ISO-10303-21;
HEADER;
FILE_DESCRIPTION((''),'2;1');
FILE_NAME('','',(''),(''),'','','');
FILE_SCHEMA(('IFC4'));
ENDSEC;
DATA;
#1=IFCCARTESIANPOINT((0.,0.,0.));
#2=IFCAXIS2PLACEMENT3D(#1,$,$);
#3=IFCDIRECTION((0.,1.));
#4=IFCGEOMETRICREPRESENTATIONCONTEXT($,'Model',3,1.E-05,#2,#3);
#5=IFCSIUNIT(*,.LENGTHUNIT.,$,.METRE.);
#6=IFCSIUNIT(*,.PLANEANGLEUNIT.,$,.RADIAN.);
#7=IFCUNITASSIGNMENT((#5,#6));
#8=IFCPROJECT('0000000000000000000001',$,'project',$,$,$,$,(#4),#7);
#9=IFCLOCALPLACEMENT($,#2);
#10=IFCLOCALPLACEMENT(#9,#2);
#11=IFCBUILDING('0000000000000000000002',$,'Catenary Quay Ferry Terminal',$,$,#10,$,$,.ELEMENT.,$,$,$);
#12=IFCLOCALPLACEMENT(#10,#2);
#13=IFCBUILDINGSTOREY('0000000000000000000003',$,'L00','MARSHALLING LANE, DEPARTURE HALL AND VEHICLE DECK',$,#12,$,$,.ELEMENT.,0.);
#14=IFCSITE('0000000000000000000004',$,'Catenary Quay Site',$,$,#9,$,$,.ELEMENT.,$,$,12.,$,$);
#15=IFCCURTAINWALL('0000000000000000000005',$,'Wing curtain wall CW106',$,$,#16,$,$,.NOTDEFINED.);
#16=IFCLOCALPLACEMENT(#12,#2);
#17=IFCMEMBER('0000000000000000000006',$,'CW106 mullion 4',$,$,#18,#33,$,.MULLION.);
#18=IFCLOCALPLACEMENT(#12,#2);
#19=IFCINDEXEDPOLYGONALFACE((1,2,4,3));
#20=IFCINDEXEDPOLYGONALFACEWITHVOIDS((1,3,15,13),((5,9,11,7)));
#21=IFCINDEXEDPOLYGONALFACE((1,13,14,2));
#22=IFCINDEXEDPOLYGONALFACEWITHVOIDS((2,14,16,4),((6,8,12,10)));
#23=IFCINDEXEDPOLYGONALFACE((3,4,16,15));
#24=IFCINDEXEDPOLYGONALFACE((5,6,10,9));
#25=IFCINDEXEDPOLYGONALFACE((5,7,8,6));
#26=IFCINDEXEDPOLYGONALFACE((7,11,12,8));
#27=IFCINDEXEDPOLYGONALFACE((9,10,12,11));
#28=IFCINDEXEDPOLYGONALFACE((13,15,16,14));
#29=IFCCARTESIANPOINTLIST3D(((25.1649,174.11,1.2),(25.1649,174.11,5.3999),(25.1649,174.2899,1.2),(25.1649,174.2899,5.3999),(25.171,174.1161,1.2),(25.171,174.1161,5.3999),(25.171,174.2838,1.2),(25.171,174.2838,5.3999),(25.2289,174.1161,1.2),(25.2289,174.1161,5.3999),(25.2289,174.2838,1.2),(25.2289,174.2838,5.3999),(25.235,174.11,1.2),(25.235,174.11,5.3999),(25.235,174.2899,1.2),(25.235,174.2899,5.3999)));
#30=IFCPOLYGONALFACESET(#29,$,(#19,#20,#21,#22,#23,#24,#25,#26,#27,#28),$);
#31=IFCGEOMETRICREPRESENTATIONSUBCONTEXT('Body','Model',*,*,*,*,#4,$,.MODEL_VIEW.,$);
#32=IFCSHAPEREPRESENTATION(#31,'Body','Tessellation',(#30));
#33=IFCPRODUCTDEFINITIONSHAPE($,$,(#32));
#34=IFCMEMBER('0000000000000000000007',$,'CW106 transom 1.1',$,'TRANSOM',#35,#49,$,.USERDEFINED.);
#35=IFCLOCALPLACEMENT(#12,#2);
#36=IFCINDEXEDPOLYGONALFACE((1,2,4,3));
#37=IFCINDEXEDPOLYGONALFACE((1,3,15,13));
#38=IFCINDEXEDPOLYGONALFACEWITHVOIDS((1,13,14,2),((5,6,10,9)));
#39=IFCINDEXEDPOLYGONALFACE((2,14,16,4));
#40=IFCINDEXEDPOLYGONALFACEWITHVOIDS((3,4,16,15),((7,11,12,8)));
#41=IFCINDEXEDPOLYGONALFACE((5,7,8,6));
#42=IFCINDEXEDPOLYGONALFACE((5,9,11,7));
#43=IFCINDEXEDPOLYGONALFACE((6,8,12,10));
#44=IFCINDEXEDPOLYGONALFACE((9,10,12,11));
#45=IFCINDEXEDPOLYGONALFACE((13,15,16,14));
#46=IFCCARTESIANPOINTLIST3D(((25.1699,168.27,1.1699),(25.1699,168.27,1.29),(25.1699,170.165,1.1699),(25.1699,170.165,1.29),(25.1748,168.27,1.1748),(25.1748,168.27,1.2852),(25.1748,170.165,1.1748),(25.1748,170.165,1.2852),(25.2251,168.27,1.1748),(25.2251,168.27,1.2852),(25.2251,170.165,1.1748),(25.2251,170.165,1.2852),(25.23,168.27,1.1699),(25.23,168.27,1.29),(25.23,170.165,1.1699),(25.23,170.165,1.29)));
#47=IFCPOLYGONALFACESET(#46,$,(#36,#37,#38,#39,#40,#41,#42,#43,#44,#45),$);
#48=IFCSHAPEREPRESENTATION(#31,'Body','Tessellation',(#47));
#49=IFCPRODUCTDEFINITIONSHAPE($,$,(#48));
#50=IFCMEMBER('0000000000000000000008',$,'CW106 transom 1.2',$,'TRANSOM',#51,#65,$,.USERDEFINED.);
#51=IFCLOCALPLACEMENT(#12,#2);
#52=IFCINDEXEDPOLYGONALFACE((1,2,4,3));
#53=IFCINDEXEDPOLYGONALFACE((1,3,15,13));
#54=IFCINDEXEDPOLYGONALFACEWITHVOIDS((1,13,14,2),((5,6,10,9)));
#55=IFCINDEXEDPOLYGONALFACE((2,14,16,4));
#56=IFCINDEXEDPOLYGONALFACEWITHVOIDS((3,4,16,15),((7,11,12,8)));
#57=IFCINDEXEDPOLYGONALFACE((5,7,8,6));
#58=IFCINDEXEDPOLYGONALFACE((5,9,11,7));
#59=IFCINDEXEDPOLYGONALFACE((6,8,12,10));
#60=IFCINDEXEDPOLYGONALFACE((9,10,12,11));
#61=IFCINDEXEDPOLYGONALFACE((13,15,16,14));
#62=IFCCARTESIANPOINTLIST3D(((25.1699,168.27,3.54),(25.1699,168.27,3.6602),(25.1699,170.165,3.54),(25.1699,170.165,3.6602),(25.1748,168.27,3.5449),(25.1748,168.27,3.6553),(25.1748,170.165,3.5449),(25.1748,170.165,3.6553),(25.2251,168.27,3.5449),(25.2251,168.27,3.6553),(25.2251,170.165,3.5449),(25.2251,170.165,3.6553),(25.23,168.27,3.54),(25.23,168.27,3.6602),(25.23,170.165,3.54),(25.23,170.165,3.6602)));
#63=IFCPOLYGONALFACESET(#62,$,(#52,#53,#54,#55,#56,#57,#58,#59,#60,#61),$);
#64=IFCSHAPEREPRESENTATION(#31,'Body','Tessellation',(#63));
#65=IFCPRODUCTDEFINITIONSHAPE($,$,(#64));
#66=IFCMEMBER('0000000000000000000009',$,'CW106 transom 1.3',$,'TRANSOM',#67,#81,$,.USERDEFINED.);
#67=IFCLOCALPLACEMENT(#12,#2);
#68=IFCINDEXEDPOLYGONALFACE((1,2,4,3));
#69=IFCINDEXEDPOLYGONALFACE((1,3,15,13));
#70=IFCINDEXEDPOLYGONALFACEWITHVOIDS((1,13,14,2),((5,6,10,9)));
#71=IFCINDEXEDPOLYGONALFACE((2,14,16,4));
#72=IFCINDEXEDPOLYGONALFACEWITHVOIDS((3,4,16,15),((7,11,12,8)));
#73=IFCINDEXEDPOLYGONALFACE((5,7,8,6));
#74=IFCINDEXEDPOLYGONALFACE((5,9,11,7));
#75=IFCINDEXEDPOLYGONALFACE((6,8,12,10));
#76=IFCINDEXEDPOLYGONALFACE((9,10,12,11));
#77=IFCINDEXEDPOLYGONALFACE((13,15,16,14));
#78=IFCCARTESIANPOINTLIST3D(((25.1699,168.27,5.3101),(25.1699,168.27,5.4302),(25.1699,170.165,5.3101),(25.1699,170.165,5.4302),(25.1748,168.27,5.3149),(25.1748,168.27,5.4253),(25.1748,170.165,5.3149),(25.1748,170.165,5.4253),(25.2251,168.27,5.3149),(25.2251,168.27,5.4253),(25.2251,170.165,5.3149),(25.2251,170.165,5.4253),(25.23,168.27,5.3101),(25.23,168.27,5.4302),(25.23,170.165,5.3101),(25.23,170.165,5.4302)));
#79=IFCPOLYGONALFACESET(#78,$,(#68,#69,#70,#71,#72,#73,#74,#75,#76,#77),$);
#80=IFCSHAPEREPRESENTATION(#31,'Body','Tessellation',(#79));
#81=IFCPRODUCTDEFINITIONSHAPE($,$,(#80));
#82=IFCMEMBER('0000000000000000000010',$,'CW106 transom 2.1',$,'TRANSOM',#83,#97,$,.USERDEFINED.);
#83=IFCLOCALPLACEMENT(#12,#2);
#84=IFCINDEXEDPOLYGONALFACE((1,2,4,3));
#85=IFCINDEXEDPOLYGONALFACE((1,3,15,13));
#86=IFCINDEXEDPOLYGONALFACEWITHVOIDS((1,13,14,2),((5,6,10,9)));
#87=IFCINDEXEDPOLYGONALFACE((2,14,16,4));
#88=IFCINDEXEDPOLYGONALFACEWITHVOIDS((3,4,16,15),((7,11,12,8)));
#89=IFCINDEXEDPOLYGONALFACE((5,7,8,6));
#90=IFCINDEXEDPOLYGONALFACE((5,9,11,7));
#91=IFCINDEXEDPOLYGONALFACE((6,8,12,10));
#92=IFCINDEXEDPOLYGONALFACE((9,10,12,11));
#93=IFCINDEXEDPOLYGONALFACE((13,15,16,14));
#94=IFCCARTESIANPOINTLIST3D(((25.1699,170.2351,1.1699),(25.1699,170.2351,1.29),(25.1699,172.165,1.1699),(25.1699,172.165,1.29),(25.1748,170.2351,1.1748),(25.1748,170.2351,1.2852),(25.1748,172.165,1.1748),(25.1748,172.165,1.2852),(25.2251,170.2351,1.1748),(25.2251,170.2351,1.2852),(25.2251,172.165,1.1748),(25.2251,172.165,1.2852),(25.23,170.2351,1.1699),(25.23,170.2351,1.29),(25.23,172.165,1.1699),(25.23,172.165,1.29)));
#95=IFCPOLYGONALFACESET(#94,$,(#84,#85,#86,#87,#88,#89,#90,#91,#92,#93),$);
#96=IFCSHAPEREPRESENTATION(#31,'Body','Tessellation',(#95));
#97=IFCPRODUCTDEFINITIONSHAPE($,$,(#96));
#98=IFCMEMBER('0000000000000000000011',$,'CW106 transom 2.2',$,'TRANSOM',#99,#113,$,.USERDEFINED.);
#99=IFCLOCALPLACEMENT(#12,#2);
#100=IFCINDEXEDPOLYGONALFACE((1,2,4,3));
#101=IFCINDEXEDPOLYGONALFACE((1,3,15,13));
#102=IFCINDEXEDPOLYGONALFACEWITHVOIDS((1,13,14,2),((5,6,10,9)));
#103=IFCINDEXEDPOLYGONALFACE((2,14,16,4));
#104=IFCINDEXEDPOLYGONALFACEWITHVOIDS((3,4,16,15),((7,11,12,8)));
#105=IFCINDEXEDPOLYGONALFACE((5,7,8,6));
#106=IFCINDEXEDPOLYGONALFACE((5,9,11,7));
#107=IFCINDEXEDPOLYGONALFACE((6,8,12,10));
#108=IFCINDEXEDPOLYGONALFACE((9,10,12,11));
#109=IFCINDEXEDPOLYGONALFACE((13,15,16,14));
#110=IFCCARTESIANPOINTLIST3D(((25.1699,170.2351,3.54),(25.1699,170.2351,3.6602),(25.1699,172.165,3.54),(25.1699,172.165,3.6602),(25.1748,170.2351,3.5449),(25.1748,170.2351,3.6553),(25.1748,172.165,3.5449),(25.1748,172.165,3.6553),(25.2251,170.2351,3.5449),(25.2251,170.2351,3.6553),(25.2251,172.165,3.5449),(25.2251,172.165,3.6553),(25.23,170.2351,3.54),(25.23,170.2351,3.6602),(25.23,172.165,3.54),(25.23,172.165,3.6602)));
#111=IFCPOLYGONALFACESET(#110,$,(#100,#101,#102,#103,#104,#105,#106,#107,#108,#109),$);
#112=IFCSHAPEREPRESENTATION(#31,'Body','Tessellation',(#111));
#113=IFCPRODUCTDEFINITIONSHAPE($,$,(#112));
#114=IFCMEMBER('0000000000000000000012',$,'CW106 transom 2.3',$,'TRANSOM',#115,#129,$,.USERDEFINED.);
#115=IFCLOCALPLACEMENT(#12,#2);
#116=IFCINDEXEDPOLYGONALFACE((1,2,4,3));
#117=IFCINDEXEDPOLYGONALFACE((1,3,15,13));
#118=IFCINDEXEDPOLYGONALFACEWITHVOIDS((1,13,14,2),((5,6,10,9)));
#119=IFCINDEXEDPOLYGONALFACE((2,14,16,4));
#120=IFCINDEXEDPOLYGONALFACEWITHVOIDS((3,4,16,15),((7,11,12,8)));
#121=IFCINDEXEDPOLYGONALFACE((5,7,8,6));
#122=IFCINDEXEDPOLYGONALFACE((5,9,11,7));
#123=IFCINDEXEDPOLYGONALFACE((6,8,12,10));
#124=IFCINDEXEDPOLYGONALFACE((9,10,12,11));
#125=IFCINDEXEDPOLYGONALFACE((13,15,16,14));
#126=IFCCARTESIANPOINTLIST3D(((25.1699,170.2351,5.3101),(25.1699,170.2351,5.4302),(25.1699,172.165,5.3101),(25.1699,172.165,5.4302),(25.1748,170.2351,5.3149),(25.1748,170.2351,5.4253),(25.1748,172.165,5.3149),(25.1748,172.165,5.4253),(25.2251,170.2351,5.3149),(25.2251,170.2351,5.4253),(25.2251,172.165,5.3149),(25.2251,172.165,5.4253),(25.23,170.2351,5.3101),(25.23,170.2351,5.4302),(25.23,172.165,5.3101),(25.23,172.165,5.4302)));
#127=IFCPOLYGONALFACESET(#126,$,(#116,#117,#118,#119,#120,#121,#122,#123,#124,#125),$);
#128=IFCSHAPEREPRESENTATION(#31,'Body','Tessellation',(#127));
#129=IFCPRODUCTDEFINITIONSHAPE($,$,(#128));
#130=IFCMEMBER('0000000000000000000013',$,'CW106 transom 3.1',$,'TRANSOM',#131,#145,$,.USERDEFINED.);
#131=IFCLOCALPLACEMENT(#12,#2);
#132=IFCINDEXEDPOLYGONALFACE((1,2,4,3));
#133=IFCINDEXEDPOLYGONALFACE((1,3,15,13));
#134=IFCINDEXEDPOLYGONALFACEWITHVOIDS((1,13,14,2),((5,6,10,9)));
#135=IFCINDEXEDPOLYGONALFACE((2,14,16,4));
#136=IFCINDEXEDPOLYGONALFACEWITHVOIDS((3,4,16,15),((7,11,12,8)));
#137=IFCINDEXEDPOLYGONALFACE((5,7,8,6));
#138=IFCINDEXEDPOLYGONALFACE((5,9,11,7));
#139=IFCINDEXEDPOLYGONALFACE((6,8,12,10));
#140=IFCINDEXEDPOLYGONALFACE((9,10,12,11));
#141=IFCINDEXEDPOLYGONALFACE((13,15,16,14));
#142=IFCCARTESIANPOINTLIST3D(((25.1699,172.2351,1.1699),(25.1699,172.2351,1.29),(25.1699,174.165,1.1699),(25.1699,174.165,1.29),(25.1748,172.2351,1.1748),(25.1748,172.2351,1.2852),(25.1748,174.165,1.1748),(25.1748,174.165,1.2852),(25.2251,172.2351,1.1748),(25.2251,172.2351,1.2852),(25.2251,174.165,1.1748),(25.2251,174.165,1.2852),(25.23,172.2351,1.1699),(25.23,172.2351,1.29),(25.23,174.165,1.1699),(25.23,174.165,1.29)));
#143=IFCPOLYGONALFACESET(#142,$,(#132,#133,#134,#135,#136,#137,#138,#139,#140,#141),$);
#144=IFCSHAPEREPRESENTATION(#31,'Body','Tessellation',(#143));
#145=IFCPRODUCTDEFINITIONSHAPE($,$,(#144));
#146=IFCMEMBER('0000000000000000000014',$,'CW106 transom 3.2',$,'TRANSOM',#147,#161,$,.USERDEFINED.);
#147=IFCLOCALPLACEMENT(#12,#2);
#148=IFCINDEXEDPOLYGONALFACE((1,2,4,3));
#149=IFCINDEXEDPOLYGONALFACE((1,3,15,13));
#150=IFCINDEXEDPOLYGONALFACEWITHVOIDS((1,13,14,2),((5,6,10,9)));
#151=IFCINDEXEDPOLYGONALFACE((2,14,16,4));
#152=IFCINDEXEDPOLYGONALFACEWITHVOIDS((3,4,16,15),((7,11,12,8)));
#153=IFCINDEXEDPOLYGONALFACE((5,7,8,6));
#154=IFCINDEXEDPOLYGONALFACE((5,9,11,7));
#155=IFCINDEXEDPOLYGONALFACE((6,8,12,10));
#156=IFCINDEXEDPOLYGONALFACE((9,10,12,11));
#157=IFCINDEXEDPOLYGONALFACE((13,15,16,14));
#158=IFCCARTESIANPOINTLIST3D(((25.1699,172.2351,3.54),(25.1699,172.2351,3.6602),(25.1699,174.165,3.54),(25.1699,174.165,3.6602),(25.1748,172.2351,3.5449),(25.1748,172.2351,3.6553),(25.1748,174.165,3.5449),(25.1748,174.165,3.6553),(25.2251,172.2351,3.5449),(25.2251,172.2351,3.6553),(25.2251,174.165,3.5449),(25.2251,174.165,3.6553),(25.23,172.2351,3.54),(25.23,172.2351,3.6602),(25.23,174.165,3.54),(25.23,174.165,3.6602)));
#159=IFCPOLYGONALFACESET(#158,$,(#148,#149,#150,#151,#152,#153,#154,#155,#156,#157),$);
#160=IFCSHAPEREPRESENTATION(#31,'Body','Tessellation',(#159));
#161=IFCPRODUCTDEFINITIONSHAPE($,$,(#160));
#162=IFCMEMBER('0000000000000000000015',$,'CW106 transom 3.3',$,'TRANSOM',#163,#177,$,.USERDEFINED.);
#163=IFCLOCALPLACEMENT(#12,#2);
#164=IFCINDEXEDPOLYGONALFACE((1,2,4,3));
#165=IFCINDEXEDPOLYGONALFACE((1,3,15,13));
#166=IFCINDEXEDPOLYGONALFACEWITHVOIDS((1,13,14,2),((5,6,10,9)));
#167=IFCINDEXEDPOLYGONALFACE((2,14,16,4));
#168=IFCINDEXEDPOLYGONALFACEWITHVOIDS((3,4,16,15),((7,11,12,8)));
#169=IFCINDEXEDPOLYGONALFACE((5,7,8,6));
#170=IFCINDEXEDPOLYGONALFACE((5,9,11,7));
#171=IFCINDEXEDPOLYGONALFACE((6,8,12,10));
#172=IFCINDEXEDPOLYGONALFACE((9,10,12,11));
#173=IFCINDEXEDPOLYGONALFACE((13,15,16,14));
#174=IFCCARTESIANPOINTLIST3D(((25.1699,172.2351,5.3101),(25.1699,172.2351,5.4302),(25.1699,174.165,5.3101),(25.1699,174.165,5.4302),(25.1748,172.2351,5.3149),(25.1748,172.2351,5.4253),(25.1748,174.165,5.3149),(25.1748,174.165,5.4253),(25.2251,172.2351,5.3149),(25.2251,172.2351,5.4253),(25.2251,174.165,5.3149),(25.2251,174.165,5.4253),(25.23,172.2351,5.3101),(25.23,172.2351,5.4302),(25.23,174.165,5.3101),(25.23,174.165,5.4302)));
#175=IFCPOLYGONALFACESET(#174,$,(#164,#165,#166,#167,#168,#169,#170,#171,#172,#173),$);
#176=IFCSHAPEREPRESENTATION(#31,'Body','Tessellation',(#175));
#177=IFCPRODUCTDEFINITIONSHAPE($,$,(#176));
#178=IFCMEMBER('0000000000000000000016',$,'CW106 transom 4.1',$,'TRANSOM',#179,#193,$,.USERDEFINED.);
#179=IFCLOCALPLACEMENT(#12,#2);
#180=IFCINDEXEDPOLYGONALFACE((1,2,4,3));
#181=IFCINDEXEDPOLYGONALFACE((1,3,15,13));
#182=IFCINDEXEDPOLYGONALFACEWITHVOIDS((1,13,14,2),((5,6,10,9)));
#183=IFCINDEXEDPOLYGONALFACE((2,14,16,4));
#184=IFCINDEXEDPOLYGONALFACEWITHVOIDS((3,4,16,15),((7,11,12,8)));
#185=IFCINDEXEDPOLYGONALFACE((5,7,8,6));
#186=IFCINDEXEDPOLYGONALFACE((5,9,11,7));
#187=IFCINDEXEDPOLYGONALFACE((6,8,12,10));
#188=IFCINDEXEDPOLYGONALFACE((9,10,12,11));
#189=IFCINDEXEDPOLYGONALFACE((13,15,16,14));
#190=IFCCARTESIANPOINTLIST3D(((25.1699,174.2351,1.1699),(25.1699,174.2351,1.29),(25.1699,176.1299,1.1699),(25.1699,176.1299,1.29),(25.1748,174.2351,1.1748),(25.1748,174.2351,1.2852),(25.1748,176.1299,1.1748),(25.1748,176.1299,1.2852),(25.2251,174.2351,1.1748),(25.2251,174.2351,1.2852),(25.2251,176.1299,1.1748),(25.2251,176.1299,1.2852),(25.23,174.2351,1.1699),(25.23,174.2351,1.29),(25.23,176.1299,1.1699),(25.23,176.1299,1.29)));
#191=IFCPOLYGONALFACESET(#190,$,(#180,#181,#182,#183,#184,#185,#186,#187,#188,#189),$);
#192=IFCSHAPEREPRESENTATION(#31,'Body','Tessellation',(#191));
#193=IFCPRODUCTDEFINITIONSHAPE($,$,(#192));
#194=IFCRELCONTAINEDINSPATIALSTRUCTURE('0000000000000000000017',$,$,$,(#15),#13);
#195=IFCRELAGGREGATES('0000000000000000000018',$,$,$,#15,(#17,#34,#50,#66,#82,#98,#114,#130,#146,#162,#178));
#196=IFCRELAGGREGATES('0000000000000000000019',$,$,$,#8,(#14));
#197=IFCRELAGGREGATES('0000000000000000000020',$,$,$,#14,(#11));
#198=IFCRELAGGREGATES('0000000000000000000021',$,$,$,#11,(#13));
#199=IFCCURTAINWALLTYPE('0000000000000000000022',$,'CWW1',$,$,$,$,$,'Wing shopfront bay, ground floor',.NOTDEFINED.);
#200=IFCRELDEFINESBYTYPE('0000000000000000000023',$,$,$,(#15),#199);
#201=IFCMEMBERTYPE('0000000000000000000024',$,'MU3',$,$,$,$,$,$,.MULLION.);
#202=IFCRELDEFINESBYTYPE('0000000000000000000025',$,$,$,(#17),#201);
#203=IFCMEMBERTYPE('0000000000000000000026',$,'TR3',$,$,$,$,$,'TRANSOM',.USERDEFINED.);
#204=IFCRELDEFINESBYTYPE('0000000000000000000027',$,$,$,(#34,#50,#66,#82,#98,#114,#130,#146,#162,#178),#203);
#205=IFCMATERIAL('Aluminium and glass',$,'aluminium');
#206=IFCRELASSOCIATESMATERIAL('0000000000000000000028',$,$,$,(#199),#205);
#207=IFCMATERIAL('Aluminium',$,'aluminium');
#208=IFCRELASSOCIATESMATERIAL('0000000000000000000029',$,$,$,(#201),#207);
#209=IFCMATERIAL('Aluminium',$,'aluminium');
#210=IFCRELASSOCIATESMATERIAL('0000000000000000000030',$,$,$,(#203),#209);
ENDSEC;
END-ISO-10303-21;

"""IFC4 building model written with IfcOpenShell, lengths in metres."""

from ifc_helpers import new_model, si_unit, direction, frame, origin, origin_2d, place, context, subcontext, project, spatial, hollow_rectangle, extrude, material, material_profile, profile_set, type_object, element, aggregate, save


model = new_model("IFC4")

# Units and contexts
model_context = context("Model", 3, precision=1e-05, world=origin(), true_north=direction((0.0, 1.0)))
body_context = subcontext(model_context, "Body", "Model", "MODEL_VIEW")
ifc_project = project(units=[si_unit("LENGTHUNIT", "METRE"), si_unit("PLANEANGLEUNIT", "RADIAN")], contexts=[model_context])

# Site, building, storey
site_placement = place(None, origin())
site = spatial("IfcSite", under=ifc_project, at=site_placement, Name="Catenary Quay Site", CompositionType="ELEMENT", RefElevation=12.0)
building_placement = place(site_placement, origin())
building = spatial("IfcBuilding", under=site, at=building_placement, Name="Catenary Quay Ferry Terminal", CompositionType="ELEMENT")
storey_placement = place(building_placement, origin())
storey = spatial("IfcBuildingStorey", under=building, at=storey_placement, Name="L00", Description="MARSHALLING LANE, DEPARTURE HALL AND VEHICLE DECK", CompositionType="ELEMENT", Elevation=0.0)

# Curtain wall, members
ifc_material_1 = material(Name="Aluminium and glass", Category="aluminium")
curtain_wall_type = type_object("IfcCurtainWallType", Name="CWW1", ElementType="Wing shopfront bay, ground floor", PredefinedType="NOTDEFINED", material=ifc_material_1)
curtain_wall_placement = place(storey_placement, origin())
curtain_wall = element("IfcCurtainWall", 1, at=curtain_wall_placement, inside=storey, type_object=curtain_wall_type, Name="Wing curtain wall CW106", PredefinedType="NOTDEFINED")
ifc_material_2 = material(Name="Aluminium", Category="aluminium")
ifc_material_profile_1 = material_profile(ifc_material_2, hollow_rectangle(XDim=0.0701, YDim=0.1799, WallThickness=0.0061, at=origin_2d()), Name="MU3")
ifc_profile_set_1 = profile_set([ifc_material_profile_1], Name="Aluminium")
member_type_1 = type_object("IfcMemberType", Name="MU3", PredefinedType="MULLION", material=ifc_profile_set_1)
member_1_placement = place(storey_placement, frame((25.2, 174.2, 1.2), z_axis=(0.0, 0.0, 1.0), x_axis=(-1.0, 0.0, 0.0)))
member_1 = element("IfcMember", 2, at=member_1_placement, type_object=member_type_1, Name="CW106 mullion 4", PredefinedType="MULLION", context=body_context, shape_type="SweptSolid", body=[
    extrude(hollow_rectangle(XDim=0.0701, YDim=0.1799, WallThickness=0.0061, at=origin_2d()), origin(), (0.0, 0.0, 1.0), 4.2),
])
ifc_material_3 = material(Name="Aluminium", Category="aluminium")
ifc_material_profile_2 = material_profile(ifc_material_3, hollow_rectangle(XDim=0.0601, YDim=0.1201, WallThickness=0.0049, at=origin_2d()), Name="TR3")
ifc_profile_set_2 = profile_set([ifc_material_profile_2], Name="Aluminium")
member_type_2 = type_object("IfcMemberType", Name="TR3", ElementType="TRANSOM", PredefinedType="USERDEFINED", material=ifc_profile_set_2)
member_2_placement = place(storey_placement, frame((25.2, 168.27, 1.23), z_axis=(0.0, 1.0, 0.0), x_axis=(-1.0, 0.0, 0.0)))
member_2 = element("IfcMember", 3, at=member_2_placement, type_object=member_type_2, Name="CW106 transom 1.1", ObjectType="TRANSOM", PredefinedType="USERDEFINED", context=body_context, shape_type="SweptSolid", body=[
    extrude(hollow_rectangle(XDim=0.0601, YDim=0.1201, WallThickness=0.0049, at=origin_2d()), origin(), (0.0, 0.0, 1.0), 1.895),
])
member_3_placement = place(storey_placement, frame((25.2, 168.27, 3.6001), z_axis=(0.0, 1.0, 0.0), x_axis=(-1.0, 0.0, 0.0)))
member_3 = element("IfcMember", 4, at=member_3_placement, type_object=member_type_2, Name="CW106 transom 1.2", ObjectType="TRANSOM", PredefinedType="USERDEFINED", context=body_context, shape_type="SweptSolid", body=[
    extrude(hollow_rectangle(XDim=0.0601, YDim=0.1201, WallThickness=0.0049, at=origin_2d()), origin(), (0.0, 0.0, 1.0), 1.895),
])
member_4_placement = place(storey_placement, frame((25.2, 168.27, 5.3701), z_axis=(0.0, 1.0, 0.0), x_axis=(-1.0, 0.0, 0.0)))
member_4 = element("IfcMember", 5, at=member_4_placement, type_object=member_type_2, Name="CW106 transom 1.3", ObjectType="TRANSOM", PredefinedType="USERDEFINED", context=body_context, shape_type="SweptSolid", body=[
    extrude(hollow_rectangle(XDim=0.0601, YDim=0.1201, WallThickness=0.0049, at=origin_2d()), origin(), (0.0, 0.0, 1.0), 1.895),
])
member_5_placement = place(storey_placement, frame((25.2, 170.2351, 1.23), z_axis=(0.0, 1.0, 0.0), x_axis=(-1.0, 0.0, 0.0)))
member_5 = element("IfcMember", 6, at=member_5_placement, type_object=member_type_2, Name="CW106 transom 2.1", ObjectType="TRANSOM", PredefinedType="USERDEFINED", context=body_context, shape_type="SweptSolid", body=[
    extrude(hollow_rectangle(XDim=0.0601, YDim=0.1201, WallThickness=0.0049, at=origin_2d()), origin(), (0.0, 0.0, 1.0), 1.9299),
])
member_6_placement = place(storey_placement, frame((25.2, 170.2351, 3.6001), z_axis=(0.0, 1.0, 0.0), x_axis=(-1.0, 0.0, 0.0)))
member_6 = element("IfcMember", 7, at=member_6_placement, type_object=member_type_2, Name="CW106 transom 2.2", ObjectType="TRANSOM", PredefinedType="USERDEFINED", context=body_context, shape_type="SweptSolid", body=[
    extrude(hollow_rectangle(XDim=0.0601, YDim=0.1201, WallThickness=0.0049, at=origin_2d()), origin(), (0.0, 0.0, 1.0), 1.9299),
])
member_7_placement = place(storey_placement, frame((25.2, 170.2351, 5.3701), z_axis=(0.0, 1.0, 0.0), x_axis=(-1.0, 0.0, 0.0)))
member_7 = element("IfcMember", 8, at=member_7_placement, type_object=member_type_2, Name="CW106 transom 2.3", ObjectType="TRANSOM", PredefinedType="USERDEFINED", context=body_context, shape_type="SweptSolid", body=[
    extrude(hollow_rectangle(XDim=0.0601, YDim=0.1201, WallThickness=0.0049, at=origin_2d()), origin(), (0.0, 0.0, 1.0), 1.9299),
])
member_8_placement = place(storey_placement, frame((25.2, 172.2351, 1.23), z_axis=(0.0, 1.0, 0.0), x_axis=(-1.0, 0.0, 0.0)))
member_8 = element("IfcMember", 9, at=member_8_placement, type_object=member_type_2, Name="CW106 transom 3.1", ObjectType="TRANSOM", PredefinedType="USERDEFINED", context=body_context, shape_type="SweptSolid", body=[
    extrude(hollow_rectangle(XDim=0.0601, YDim=0.1201, WallThickness=0.0049, at=origin_2d()), origin(), (0.0, 0.0, 1.0), 1.9299),
])
member_9_placement = place(storey_placement, frame((25.2, 172.2351, 3.6001), z_axis=(0.0, 1.0, 0.0), x_axis=(-1.0, 0.0, 0.0)))
member_9 = element("IfcMember", 10, at=member_9_placement, type_object=member_type_2, Name="CW106 transom 3.2", ObjectType="TRANSOM", PredefinedType="USERDEFINED", context=body_context, shape_type="SweptSolid", body=[
    extrude(hollow_rectangle(XDim=0.0601, YDim=0.1201, WallThickness=0.0049, at=origin_2d()), origin(), (0.0, 0.0, 1.0), 1.9299),
])
member_10_placement = place(storey_placement, frame((25.2, 172.2351, 5.3701), z_axis=(0.0, 1.0, 0.0), x_axis=(-1.0, 0.0, 0.0)))
member_10 = element("IfcMember", 11, at=member_10_placement, type_object=member_type_2, Name="CW106 transom 3.3", ObjectType="TRANSOM", PredefinedType="USERDEFINED", context=body_context, shape_type="SweptSolid", body=[
    extrude(hollow_rectangle(XDim=0.0601, YDim=0.1201, WallThickness=0.0049, at=origin_2d()), origin(), (0.0, 0.0, 1.0), 1.9299),
])
member_11_placement = place(storey_placement, frame((25.2, 174.2351, 1.23), z_axis=(0.0, 1.0, 0.0), x_axis=(-1.0, 0.0, 0.0)))
member_11 = element("IfcMember", 12, at=member_11_placement, type_object=member_type_2, Name="CW106 transom 4.1", ObjectType="TRANSOM", PredefinedType="USERDEFINED", context=body_context, shape_type="SweptSolid", body=[
    extrude(hollow_rectangle(XDim=0.0601, YDim=0.1201, WallThickness=0.0049, at=origin_2d()), origin(), (0.0, 0.0, 1.0), 1.8948),
])
aggregate(curtain_wall, [member_1, member_2, member_3, member_4, member_5, member_6, member_7, member_8, member_9, member_10, member_11])

save(model, "model.ifc")
